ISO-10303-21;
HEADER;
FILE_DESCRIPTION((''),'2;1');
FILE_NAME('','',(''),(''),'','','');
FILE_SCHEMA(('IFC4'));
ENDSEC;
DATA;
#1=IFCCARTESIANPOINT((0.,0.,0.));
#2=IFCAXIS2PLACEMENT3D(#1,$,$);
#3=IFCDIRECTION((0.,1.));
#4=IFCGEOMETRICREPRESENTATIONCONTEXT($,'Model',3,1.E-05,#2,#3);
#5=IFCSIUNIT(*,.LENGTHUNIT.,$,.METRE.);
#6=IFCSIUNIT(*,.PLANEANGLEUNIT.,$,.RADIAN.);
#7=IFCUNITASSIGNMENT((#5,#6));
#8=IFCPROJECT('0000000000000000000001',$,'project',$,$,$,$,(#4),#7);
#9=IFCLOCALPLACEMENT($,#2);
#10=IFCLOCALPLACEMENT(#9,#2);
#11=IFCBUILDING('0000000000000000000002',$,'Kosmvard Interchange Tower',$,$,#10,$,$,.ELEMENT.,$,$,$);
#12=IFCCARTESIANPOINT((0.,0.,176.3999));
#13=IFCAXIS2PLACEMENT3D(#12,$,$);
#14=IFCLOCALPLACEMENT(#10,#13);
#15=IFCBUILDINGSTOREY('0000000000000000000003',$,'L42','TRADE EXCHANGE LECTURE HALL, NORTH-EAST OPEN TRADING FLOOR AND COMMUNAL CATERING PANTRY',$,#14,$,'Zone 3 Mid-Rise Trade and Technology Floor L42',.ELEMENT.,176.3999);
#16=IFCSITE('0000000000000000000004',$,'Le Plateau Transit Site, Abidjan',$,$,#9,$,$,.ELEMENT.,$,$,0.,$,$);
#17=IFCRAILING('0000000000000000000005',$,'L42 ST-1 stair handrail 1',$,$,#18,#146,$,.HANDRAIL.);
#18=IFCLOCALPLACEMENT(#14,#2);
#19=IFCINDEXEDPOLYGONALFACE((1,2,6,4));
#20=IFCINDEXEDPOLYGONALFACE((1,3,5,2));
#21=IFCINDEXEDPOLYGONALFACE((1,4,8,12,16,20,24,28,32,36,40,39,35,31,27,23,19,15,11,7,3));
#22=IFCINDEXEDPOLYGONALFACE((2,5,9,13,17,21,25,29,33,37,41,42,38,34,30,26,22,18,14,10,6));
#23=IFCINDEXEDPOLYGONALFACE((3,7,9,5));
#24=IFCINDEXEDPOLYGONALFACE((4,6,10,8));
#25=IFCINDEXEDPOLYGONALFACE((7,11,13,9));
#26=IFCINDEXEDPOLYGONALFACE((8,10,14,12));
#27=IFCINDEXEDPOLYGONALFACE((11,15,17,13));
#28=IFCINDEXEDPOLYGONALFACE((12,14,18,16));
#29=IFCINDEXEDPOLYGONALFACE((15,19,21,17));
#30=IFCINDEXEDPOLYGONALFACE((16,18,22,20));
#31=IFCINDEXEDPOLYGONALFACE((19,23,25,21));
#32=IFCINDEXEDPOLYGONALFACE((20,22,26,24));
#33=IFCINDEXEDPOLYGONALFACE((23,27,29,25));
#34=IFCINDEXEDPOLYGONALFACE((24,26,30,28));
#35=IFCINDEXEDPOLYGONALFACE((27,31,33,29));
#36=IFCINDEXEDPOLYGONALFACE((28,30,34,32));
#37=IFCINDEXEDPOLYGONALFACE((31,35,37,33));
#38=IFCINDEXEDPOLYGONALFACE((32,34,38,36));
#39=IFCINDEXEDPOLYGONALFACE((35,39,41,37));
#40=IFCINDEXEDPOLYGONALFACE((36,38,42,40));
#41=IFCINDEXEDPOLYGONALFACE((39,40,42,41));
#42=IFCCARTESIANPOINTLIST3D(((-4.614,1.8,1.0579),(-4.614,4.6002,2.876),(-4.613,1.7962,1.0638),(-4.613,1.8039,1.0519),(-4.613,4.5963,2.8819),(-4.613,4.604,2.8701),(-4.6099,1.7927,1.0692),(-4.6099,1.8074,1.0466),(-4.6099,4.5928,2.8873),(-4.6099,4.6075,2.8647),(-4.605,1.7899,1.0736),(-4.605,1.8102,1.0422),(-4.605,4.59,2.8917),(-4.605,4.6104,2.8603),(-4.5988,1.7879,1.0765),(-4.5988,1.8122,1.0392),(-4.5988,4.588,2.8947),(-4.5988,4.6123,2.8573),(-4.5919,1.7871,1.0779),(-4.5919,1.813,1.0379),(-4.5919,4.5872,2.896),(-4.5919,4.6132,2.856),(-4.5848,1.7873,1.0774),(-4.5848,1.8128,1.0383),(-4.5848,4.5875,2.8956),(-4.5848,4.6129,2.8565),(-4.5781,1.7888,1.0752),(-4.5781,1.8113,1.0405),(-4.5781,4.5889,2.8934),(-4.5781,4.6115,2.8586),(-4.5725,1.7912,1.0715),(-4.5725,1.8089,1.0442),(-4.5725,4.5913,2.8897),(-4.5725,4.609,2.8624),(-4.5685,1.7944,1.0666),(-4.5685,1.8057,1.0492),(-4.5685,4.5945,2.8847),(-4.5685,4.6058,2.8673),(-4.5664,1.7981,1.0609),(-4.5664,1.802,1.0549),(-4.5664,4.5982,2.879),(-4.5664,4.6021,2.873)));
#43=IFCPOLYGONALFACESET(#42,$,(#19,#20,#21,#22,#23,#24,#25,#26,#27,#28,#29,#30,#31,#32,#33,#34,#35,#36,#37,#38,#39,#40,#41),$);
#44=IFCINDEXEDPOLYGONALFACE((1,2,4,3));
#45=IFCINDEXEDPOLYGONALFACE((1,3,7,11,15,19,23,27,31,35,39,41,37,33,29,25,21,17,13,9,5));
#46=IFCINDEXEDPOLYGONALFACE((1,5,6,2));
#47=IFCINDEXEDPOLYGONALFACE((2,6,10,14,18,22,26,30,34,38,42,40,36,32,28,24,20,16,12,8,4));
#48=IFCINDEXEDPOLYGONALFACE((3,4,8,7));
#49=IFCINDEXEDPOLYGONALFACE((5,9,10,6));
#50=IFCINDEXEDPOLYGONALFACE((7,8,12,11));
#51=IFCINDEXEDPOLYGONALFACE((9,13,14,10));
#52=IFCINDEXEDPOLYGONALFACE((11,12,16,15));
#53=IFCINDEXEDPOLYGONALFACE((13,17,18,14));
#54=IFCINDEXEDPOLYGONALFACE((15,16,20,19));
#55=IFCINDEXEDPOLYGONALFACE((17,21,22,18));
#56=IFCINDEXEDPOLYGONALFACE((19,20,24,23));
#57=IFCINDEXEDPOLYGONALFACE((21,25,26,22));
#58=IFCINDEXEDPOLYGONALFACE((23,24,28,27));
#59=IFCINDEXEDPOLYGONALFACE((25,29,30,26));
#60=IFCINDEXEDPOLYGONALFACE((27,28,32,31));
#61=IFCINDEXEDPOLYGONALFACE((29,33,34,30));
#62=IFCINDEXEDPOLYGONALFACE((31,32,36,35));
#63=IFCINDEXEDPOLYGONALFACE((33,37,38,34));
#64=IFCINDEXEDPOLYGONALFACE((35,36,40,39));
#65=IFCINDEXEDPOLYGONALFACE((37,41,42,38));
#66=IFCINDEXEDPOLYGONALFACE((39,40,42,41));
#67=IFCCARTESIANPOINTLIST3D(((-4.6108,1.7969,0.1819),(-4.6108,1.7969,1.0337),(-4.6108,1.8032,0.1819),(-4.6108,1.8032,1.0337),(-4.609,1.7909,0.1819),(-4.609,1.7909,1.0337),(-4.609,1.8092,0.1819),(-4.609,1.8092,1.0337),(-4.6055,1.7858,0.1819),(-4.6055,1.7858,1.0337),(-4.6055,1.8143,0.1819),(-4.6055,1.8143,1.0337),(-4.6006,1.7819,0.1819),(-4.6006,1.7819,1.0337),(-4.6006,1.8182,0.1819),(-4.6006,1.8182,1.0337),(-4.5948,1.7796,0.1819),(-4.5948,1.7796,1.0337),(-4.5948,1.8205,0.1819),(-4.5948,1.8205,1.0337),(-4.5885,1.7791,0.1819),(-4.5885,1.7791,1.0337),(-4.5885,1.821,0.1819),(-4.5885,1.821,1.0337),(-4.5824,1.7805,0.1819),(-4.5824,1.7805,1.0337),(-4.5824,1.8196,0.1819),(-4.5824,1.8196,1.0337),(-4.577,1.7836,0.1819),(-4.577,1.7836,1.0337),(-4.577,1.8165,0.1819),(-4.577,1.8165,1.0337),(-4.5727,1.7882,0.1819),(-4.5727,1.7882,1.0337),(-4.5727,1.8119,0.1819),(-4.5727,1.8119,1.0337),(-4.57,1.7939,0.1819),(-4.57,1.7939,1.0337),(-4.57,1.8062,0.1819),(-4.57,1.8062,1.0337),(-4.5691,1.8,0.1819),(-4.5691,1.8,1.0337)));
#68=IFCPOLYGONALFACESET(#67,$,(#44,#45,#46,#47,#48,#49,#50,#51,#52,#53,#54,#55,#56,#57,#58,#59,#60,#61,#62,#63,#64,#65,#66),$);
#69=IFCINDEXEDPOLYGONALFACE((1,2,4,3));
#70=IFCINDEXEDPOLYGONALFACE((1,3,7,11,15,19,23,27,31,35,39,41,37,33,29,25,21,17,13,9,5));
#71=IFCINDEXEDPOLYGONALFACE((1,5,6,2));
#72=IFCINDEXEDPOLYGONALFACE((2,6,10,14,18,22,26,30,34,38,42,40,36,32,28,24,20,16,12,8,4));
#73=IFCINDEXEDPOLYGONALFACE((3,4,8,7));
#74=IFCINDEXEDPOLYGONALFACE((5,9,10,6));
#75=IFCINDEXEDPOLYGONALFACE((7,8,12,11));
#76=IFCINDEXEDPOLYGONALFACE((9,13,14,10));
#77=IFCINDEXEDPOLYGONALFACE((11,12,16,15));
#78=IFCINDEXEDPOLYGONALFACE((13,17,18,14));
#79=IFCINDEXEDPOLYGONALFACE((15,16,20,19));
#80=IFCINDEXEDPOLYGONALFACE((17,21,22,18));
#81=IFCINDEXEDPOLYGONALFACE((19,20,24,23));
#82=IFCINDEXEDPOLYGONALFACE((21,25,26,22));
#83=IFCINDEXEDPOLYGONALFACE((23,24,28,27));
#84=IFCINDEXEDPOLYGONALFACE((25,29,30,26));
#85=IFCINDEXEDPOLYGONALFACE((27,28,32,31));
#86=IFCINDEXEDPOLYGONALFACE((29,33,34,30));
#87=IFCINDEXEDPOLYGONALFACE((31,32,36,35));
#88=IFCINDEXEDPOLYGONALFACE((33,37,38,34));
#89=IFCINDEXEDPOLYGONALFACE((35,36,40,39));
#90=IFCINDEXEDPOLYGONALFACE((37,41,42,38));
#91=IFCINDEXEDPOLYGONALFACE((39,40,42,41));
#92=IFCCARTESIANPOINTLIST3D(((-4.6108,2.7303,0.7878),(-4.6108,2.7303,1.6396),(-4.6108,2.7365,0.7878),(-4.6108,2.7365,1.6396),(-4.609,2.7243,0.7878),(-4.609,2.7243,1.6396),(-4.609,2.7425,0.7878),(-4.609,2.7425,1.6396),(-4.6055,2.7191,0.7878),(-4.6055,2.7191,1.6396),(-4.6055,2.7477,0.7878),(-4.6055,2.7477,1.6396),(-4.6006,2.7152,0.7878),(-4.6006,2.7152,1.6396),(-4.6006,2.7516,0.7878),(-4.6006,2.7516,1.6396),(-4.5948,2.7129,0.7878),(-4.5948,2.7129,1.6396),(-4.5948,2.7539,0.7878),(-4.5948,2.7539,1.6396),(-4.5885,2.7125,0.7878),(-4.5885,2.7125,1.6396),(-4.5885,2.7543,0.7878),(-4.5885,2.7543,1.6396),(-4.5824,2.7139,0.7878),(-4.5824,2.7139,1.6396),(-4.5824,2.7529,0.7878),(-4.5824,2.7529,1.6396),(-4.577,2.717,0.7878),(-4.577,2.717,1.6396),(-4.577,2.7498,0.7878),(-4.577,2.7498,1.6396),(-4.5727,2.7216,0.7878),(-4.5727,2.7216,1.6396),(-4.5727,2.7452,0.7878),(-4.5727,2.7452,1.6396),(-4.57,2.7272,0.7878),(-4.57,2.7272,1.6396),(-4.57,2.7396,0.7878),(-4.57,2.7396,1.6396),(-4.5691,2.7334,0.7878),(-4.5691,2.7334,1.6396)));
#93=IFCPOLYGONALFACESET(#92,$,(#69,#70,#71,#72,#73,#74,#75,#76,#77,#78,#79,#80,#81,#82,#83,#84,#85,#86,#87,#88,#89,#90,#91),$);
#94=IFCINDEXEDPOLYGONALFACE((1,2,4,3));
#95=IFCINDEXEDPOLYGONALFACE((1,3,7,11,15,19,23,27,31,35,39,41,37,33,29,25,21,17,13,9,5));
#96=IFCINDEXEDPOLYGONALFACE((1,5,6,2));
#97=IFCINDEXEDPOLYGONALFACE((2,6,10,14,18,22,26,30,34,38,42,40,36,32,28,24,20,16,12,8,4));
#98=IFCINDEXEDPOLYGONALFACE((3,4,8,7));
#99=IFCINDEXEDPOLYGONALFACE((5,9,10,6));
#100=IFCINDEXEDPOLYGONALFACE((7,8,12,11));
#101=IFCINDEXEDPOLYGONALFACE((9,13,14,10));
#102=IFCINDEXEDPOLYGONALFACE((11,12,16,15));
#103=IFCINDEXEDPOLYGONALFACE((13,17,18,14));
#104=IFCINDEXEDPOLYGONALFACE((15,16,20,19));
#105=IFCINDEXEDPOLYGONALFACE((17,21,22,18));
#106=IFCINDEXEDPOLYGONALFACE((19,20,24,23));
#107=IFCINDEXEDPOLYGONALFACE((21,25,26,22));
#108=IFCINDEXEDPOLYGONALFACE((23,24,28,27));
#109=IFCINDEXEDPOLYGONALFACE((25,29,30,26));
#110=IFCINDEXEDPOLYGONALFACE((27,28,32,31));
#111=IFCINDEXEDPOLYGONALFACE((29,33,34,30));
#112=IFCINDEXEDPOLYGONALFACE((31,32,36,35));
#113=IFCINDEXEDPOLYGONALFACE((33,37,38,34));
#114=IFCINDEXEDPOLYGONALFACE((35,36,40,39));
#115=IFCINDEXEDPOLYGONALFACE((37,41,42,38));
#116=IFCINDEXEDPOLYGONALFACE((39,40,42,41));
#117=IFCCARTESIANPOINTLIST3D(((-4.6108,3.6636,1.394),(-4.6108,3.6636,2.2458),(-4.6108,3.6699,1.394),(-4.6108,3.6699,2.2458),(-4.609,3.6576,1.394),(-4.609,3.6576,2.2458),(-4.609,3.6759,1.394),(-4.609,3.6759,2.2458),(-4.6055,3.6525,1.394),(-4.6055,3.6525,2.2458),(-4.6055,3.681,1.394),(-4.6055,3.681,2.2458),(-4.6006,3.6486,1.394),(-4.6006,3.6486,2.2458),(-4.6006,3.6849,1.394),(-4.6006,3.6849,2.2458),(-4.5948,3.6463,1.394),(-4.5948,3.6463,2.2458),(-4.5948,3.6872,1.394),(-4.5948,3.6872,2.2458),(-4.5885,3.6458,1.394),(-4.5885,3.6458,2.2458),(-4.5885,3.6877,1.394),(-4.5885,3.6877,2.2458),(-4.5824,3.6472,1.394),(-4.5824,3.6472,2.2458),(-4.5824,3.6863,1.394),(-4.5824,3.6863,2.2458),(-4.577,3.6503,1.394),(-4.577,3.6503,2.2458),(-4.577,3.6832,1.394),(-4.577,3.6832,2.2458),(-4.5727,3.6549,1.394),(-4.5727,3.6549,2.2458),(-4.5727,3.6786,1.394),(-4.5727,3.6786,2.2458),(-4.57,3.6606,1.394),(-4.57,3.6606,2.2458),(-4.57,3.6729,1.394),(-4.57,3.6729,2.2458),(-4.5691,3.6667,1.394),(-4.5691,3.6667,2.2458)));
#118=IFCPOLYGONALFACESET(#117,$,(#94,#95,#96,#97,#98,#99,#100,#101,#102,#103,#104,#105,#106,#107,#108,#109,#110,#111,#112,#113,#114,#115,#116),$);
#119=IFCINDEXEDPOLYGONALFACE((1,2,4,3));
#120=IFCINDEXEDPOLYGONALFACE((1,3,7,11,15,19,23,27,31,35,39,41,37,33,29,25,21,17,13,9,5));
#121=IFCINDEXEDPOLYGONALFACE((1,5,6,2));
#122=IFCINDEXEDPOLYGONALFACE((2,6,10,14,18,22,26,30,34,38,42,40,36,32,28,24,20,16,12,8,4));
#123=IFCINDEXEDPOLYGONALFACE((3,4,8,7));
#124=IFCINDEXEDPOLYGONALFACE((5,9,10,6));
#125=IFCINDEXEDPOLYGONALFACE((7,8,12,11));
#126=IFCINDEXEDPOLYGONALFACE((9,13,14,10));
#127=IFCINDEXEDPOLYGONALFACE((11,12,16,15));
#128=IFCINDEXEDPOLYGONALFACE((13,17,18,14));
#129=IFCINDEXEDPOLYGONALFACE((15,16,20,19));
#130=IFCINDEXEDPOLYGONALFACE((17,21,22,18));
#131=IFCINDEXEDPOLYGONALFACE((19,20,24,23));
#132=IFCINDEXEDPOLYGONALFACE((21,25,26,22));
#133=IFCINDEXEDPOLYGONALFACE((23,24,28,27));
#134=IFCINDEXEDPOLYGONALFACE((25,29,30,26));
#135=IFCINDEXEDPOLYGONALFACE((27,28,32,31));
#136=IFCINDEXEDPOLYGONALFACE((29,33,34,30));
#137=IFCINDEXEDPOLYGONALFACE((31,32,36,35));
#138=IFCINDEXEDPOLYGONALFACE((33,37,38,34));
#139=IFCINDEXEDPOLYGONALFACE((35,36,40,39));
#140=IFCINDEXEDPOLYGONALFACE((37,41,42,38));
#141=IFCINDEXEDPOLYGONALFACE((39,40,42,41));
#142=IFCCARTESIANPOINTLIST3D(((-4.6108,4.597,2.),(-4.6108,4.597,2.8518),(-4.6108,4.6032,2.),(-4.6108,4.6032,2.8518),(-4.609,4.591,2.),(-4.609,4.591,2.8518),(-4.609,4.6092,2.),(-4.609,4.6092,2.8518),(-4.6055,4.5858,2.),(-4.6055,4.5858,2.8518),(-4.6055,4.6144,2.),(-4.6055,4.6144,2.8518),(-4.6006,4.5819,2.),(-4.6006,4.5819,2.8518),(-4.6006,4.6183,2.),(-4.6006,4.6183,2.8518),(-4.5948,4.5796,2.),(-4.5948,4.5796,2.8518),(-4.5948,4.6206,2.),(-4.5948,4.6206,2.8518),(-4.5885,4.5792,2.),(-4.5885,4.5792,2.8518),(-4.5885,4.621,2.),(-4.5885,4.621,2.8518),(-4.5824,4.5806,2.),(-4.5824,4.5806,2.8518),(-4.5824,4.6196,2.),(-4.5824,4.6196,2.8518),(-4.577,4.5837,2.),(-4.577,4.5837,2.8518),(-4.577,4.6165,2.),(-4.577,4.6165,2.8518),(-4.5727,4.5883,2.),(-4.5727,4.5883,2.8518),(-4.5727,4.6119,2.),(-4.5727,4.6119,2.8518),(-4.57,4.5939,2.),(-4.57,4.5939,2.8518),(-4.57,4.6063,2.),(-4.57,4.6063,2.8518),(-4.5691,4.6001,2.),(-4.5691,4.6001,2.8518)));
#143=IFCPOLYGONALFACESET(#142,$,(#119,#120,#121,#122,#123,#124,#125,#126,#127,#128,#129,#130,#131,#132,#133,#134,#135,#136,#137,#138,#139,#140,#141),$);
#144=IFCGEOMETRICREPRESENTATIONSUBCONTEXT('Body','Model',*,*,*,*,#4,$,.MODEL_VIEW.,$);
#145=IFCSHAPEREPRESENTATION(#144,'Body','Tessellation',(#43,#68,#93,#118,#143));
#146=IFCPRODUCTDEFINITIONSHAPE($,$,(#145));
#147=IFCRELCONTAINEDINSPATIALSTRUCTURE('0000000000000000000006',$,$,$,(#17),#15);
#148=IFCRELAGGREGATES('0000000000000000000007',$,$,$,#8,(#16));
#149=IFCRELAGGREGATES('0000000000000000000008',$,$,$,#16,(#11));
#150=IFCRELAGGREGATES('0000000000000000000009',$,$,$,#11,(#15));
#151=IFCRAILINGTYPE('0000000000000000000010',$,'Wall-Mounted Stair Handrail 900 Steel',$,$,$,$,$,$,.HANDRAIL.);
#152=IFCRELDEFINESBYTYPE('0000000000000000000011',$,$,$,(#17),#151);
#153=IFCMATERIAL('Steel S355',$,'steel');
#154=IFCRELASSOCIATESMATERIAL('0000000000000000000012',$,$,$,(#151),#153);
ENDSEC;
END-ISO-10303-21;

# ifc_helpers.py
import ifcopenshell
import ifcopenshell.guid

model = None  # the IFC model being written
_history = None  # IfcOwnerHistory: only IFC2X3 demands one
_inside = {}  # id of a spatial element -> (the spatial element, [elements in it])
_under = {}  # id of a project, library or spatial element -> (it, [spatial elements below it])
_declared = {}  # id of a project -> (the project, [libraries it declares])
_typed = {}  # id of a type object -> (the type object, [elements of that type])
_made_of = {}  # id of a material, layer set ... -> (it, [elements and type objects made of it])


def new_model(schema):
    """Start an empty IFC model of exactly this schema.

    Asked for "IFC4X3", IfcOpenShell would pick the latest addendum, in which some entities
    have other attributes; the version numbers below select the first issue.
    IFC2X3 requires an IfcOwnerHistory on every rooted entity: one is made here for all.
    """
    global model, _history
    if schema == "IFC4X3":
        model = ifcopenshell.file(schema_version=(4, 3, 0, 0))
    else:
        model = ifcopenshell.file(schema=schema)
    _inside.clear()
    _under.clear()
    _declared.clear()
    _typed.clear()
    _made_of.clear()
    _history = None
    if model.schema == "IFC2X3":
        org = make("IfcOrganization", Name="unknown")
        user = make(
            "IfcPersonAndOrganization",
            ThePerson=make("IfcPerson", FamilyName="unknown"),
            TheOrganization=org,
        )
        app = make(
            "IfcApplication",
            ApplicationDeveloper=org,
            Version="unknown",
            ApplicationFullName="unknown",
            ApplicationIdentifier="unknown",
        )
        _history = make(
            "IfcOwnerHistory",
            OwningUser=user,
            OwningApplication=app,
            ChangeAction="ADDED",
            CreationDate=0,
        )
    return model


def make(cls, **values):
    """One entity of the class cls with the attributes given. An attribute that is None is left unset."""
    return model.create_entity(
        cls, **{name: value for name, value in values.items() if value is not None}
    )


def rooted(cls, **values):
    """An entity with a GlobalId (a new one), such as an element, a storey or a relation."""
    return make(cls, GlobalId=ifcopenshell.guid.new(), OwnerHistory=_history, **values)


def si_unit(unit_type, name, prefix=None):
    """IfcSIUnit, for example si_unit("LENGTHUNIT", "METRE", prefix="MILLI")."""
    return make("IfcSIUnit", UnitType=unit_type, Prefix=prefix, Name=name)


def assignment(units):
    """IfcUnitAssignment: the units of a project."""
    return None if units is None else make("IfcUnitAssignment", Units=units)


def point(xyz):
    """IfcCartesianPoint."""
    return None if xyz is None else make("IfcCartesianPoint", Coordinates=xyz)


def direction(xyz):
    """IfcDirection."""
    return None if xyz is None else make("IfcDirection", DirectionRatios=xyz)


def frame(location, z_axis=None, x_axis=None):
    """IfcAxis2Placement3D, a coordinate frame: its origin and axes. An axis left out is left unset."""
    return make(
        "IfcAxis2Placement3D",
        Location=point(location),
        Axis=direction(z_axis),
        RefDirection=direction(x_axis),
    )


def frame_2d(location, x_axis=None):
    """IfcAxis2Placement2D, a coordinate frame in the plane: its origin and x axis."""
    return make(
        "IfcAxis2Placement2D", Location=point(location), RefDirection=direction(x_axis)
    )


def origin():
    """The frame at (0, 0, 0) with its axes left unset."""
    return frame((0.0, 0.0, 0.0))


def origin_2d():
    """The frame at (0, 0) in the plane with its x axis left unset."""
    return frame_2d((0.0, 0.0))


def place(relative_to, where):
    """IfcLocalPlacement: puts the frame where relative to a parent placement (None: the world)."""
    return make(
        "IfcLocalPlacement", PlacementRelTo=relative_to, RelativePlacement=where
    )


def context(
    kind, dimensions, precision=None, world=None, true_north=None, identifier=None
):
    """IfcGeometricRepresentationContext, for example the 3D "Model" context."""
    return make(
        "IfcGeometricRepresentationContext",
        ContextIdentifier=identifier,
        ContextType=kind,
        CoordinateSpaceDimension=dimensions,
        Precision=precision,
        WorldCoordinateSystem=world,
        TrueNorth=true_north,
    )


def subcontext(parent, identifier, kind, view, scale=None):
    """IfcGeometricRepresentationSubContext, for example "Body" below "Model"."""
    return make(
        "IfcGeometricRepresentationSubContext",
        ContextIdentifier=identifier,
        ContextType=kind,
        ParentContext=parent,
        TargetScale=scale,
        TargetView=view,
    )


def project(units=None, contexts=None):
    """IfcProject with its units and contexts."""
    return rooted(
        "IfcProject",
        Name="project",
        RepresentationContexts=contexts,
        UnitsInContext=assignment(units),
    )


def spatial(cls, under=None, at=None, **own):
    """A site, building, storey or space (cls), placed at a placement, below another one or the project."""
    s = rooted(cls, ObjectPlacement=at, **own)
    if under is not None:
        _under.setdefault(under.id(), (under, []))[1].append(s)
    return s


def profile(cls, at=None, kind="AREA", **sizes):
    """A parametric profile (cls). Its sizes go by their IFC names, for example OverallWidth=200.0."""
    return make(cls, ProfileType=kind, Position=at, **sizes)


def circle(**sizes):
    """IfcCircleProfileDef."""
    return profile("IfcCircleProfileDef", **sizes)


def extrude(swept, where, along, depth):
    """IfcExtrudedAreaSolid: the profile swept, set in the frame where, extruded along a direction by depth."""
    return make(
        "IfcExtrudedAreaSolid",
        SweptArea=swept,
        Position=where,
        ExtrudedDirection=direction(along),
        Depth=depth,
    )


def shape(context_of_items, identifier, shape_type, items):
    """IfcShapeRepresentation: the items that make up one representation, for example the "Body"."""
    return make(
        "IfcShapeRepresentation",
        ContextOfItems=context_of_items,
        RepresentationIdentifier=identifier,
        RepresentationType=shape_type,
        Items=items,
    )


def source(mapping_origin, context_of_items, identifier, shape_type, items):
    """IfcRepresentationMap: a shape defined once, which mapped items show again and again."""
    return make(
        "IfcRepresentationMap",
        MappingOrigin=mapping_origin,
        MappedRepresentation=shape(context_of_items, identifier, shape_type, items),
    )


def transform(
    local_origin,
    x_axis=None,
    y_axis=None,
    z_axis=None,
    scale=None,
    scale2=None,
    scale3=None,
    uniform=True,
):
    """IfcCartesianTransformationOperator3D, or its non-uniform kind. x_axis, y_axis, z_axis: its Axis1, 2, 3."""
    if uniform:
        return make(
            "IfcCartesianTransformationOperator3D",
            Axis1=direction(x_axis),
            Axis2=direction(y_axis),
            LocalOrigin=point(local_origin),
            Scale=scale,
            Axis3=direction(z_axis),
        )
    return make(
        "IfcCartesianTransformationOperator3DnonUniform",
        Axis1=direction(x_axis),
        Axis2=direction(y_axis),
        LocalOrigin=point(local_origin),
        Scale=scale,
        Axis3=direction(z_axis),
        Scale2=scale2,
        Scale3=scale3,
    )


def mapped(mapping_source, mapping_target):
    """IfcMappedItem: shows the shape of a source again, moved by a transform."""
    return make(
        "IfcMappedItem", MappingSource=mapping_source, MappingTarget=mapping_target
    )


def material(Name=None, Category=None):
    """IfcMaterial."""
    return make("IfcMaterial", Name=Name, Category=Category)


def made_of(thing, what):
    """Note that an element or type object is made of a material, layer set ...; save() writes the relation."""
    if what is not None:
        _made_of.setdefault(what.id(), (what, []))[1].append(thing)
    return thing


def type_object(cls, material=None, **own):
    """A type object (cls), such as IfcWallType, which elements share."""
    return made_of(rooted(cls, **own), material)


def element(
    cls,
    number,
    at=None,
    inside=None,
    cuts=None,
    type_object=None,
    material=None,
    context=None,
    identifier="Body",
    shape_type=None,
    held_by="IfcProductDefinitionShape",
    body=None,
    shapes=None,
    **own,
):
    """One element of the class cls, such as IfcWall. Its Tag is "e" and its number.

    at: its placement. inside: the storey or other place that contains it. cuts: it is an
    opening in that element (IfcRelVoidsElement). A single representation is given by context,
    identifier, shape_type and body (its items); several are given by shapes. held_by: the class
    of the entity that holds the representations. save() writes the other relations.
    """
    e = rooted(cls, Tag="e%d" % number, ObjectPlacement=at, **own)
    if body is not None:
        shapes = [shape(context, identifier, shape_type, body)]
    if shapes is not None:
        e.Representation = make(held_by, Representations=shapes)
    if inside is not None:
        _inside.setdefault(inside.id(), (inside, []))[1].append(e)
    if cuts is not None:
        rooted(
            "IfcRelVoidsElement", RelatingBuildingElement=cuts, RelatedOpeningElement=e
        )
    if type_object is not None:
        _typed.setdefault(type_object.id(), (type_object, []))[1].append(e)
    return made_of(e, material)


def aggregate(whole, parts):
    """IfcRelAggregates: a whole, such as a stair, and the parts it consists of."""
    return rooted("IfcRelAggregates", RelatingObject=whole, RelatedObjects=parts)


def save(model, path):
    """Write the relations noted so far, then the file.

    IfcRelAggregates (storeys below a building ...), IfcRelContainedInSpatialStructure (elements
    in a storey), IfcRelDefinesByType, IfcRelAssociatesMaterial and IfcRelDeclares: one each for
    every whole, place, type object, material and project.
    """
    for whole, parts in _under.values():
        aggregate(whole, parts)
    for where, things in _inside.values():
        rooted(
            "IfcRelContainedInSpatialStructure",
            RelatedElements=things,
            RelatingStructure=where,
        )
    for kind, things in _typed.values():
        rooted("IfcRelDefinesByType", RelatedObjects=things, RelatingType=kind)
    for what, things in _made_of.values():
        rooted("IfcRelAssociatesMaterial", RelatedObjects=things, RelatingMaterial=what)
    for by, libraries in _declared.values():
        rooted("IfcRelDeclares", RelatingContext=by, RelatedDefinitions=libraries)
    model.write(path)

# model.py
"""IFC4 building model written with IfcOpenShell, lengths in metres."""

from ifc_helpers import new_model, si_unit, direction, frame, origin, origin_2d, place, context, subcontext, project, spatial, circle, extrude, source, transform, mapped, material, type_object, element, save


model = new_model("IFC4")

# Units and contexts
model_context = context("Model", 3, precision=1e-05, world=origin(), true_north=direction((0.0, 1.0)))
body_context = subcontext(model_context, "Body", "Model", "MODEL_VIEW")
ifc_project = project(units=[si_unit("LENGTHUNIT", "METRE"), si_unit("PLANEANGLEUNIT", "RADIAN")], contexts=[model_context])

# Site, building, storey
site_placement = place(None, origin())
site = spatial("IfcSite", under=ifc_project, at=site_placement, Name="Le Plateau Transit Site, Abidjan", CompositionType="ELEMENT", RefElevation=0.0)
building_placement = place(site_placement, origin())
building = spatial("IfcBuilding", under=site, at=building_placement, Name="Kosmvard Interchange Tower", CompositionType="ELEMENT")
storey_placement = place(building_placement, frame((0.0, 0.0, 176.3999)))
storey = spatial("IfcBuildingStorey", under=building, at=storey_placement, Name="L42", Description="TRADE EXCHANGE LECTURE HALL, NORTH-EAST OPEN TRADING FLOOR AND COMMUNAL CATERING PANTRY", LongName="Zone 3 Mid-Rise Trade and Technology Floor L42", CompositionType="ELEMENT", Elevation=176.3999)

# Shared definitions
ifc_material_1 = material(Name="Steel S355", Category="steel")

# Railing
railing_type_1 = type_object("IfcRailingType", Name="Wall-Mounted Stair Handrail 900 Steel", PredefinedType="HANDRAIL", material=ifc_material_1)
shared_shape_1 = source(origin(), body_context, "Body", "SweptSolid", [
    extrude(circle(Radius=0.0239, at=origin_2d()), frame((0.0, 0.0, 0.876), z_axis=(0.0, 0.838706, 0.544585), x_axis=(-1.0, 0.0, 0.0)), (0.0, 0.0, 1.0), 3.3386),
    extrude(circle(Radius=0.021, at=origin_2d()), origin(), (0.0, 0.0, 1.0), 0.8518),
    extrude(circle(Radius=0.021, at=origin_2d()), frame((0.0, 0.9333, 0.606)), (0.0, 0.0, 1.0), 0.8518),
    extrude(circle(Radius=0.021, at=origin_2d()), frame((0.0, 1.8667, 1.2122)), (0.0, 0.0, 1.0), 0.8518),
    extrude(circle(Radius=0.021, at=origin_2d()), frame((0.0, 2.8, 1.8181)), (0.0, 0.0, 1.0), 0.8518),
])
railing_1_placement = place(storey_placement, frame((-4.5901, 1.8, 0.1819)))
element("IfcRailing", 1, at=railing_1_placement, inside=storey, type_object=railing_type_1, Name="L42 ST-1 stair handrail 1", PredefinedType="HANDRAIL", context=body_context, shape_type="MappedRepresentation", body=[
    mapped(shared_shape_1, transform((0.0, 0.0, 0.0), scale=1.0)),
])

save(model, "model.ifc")
